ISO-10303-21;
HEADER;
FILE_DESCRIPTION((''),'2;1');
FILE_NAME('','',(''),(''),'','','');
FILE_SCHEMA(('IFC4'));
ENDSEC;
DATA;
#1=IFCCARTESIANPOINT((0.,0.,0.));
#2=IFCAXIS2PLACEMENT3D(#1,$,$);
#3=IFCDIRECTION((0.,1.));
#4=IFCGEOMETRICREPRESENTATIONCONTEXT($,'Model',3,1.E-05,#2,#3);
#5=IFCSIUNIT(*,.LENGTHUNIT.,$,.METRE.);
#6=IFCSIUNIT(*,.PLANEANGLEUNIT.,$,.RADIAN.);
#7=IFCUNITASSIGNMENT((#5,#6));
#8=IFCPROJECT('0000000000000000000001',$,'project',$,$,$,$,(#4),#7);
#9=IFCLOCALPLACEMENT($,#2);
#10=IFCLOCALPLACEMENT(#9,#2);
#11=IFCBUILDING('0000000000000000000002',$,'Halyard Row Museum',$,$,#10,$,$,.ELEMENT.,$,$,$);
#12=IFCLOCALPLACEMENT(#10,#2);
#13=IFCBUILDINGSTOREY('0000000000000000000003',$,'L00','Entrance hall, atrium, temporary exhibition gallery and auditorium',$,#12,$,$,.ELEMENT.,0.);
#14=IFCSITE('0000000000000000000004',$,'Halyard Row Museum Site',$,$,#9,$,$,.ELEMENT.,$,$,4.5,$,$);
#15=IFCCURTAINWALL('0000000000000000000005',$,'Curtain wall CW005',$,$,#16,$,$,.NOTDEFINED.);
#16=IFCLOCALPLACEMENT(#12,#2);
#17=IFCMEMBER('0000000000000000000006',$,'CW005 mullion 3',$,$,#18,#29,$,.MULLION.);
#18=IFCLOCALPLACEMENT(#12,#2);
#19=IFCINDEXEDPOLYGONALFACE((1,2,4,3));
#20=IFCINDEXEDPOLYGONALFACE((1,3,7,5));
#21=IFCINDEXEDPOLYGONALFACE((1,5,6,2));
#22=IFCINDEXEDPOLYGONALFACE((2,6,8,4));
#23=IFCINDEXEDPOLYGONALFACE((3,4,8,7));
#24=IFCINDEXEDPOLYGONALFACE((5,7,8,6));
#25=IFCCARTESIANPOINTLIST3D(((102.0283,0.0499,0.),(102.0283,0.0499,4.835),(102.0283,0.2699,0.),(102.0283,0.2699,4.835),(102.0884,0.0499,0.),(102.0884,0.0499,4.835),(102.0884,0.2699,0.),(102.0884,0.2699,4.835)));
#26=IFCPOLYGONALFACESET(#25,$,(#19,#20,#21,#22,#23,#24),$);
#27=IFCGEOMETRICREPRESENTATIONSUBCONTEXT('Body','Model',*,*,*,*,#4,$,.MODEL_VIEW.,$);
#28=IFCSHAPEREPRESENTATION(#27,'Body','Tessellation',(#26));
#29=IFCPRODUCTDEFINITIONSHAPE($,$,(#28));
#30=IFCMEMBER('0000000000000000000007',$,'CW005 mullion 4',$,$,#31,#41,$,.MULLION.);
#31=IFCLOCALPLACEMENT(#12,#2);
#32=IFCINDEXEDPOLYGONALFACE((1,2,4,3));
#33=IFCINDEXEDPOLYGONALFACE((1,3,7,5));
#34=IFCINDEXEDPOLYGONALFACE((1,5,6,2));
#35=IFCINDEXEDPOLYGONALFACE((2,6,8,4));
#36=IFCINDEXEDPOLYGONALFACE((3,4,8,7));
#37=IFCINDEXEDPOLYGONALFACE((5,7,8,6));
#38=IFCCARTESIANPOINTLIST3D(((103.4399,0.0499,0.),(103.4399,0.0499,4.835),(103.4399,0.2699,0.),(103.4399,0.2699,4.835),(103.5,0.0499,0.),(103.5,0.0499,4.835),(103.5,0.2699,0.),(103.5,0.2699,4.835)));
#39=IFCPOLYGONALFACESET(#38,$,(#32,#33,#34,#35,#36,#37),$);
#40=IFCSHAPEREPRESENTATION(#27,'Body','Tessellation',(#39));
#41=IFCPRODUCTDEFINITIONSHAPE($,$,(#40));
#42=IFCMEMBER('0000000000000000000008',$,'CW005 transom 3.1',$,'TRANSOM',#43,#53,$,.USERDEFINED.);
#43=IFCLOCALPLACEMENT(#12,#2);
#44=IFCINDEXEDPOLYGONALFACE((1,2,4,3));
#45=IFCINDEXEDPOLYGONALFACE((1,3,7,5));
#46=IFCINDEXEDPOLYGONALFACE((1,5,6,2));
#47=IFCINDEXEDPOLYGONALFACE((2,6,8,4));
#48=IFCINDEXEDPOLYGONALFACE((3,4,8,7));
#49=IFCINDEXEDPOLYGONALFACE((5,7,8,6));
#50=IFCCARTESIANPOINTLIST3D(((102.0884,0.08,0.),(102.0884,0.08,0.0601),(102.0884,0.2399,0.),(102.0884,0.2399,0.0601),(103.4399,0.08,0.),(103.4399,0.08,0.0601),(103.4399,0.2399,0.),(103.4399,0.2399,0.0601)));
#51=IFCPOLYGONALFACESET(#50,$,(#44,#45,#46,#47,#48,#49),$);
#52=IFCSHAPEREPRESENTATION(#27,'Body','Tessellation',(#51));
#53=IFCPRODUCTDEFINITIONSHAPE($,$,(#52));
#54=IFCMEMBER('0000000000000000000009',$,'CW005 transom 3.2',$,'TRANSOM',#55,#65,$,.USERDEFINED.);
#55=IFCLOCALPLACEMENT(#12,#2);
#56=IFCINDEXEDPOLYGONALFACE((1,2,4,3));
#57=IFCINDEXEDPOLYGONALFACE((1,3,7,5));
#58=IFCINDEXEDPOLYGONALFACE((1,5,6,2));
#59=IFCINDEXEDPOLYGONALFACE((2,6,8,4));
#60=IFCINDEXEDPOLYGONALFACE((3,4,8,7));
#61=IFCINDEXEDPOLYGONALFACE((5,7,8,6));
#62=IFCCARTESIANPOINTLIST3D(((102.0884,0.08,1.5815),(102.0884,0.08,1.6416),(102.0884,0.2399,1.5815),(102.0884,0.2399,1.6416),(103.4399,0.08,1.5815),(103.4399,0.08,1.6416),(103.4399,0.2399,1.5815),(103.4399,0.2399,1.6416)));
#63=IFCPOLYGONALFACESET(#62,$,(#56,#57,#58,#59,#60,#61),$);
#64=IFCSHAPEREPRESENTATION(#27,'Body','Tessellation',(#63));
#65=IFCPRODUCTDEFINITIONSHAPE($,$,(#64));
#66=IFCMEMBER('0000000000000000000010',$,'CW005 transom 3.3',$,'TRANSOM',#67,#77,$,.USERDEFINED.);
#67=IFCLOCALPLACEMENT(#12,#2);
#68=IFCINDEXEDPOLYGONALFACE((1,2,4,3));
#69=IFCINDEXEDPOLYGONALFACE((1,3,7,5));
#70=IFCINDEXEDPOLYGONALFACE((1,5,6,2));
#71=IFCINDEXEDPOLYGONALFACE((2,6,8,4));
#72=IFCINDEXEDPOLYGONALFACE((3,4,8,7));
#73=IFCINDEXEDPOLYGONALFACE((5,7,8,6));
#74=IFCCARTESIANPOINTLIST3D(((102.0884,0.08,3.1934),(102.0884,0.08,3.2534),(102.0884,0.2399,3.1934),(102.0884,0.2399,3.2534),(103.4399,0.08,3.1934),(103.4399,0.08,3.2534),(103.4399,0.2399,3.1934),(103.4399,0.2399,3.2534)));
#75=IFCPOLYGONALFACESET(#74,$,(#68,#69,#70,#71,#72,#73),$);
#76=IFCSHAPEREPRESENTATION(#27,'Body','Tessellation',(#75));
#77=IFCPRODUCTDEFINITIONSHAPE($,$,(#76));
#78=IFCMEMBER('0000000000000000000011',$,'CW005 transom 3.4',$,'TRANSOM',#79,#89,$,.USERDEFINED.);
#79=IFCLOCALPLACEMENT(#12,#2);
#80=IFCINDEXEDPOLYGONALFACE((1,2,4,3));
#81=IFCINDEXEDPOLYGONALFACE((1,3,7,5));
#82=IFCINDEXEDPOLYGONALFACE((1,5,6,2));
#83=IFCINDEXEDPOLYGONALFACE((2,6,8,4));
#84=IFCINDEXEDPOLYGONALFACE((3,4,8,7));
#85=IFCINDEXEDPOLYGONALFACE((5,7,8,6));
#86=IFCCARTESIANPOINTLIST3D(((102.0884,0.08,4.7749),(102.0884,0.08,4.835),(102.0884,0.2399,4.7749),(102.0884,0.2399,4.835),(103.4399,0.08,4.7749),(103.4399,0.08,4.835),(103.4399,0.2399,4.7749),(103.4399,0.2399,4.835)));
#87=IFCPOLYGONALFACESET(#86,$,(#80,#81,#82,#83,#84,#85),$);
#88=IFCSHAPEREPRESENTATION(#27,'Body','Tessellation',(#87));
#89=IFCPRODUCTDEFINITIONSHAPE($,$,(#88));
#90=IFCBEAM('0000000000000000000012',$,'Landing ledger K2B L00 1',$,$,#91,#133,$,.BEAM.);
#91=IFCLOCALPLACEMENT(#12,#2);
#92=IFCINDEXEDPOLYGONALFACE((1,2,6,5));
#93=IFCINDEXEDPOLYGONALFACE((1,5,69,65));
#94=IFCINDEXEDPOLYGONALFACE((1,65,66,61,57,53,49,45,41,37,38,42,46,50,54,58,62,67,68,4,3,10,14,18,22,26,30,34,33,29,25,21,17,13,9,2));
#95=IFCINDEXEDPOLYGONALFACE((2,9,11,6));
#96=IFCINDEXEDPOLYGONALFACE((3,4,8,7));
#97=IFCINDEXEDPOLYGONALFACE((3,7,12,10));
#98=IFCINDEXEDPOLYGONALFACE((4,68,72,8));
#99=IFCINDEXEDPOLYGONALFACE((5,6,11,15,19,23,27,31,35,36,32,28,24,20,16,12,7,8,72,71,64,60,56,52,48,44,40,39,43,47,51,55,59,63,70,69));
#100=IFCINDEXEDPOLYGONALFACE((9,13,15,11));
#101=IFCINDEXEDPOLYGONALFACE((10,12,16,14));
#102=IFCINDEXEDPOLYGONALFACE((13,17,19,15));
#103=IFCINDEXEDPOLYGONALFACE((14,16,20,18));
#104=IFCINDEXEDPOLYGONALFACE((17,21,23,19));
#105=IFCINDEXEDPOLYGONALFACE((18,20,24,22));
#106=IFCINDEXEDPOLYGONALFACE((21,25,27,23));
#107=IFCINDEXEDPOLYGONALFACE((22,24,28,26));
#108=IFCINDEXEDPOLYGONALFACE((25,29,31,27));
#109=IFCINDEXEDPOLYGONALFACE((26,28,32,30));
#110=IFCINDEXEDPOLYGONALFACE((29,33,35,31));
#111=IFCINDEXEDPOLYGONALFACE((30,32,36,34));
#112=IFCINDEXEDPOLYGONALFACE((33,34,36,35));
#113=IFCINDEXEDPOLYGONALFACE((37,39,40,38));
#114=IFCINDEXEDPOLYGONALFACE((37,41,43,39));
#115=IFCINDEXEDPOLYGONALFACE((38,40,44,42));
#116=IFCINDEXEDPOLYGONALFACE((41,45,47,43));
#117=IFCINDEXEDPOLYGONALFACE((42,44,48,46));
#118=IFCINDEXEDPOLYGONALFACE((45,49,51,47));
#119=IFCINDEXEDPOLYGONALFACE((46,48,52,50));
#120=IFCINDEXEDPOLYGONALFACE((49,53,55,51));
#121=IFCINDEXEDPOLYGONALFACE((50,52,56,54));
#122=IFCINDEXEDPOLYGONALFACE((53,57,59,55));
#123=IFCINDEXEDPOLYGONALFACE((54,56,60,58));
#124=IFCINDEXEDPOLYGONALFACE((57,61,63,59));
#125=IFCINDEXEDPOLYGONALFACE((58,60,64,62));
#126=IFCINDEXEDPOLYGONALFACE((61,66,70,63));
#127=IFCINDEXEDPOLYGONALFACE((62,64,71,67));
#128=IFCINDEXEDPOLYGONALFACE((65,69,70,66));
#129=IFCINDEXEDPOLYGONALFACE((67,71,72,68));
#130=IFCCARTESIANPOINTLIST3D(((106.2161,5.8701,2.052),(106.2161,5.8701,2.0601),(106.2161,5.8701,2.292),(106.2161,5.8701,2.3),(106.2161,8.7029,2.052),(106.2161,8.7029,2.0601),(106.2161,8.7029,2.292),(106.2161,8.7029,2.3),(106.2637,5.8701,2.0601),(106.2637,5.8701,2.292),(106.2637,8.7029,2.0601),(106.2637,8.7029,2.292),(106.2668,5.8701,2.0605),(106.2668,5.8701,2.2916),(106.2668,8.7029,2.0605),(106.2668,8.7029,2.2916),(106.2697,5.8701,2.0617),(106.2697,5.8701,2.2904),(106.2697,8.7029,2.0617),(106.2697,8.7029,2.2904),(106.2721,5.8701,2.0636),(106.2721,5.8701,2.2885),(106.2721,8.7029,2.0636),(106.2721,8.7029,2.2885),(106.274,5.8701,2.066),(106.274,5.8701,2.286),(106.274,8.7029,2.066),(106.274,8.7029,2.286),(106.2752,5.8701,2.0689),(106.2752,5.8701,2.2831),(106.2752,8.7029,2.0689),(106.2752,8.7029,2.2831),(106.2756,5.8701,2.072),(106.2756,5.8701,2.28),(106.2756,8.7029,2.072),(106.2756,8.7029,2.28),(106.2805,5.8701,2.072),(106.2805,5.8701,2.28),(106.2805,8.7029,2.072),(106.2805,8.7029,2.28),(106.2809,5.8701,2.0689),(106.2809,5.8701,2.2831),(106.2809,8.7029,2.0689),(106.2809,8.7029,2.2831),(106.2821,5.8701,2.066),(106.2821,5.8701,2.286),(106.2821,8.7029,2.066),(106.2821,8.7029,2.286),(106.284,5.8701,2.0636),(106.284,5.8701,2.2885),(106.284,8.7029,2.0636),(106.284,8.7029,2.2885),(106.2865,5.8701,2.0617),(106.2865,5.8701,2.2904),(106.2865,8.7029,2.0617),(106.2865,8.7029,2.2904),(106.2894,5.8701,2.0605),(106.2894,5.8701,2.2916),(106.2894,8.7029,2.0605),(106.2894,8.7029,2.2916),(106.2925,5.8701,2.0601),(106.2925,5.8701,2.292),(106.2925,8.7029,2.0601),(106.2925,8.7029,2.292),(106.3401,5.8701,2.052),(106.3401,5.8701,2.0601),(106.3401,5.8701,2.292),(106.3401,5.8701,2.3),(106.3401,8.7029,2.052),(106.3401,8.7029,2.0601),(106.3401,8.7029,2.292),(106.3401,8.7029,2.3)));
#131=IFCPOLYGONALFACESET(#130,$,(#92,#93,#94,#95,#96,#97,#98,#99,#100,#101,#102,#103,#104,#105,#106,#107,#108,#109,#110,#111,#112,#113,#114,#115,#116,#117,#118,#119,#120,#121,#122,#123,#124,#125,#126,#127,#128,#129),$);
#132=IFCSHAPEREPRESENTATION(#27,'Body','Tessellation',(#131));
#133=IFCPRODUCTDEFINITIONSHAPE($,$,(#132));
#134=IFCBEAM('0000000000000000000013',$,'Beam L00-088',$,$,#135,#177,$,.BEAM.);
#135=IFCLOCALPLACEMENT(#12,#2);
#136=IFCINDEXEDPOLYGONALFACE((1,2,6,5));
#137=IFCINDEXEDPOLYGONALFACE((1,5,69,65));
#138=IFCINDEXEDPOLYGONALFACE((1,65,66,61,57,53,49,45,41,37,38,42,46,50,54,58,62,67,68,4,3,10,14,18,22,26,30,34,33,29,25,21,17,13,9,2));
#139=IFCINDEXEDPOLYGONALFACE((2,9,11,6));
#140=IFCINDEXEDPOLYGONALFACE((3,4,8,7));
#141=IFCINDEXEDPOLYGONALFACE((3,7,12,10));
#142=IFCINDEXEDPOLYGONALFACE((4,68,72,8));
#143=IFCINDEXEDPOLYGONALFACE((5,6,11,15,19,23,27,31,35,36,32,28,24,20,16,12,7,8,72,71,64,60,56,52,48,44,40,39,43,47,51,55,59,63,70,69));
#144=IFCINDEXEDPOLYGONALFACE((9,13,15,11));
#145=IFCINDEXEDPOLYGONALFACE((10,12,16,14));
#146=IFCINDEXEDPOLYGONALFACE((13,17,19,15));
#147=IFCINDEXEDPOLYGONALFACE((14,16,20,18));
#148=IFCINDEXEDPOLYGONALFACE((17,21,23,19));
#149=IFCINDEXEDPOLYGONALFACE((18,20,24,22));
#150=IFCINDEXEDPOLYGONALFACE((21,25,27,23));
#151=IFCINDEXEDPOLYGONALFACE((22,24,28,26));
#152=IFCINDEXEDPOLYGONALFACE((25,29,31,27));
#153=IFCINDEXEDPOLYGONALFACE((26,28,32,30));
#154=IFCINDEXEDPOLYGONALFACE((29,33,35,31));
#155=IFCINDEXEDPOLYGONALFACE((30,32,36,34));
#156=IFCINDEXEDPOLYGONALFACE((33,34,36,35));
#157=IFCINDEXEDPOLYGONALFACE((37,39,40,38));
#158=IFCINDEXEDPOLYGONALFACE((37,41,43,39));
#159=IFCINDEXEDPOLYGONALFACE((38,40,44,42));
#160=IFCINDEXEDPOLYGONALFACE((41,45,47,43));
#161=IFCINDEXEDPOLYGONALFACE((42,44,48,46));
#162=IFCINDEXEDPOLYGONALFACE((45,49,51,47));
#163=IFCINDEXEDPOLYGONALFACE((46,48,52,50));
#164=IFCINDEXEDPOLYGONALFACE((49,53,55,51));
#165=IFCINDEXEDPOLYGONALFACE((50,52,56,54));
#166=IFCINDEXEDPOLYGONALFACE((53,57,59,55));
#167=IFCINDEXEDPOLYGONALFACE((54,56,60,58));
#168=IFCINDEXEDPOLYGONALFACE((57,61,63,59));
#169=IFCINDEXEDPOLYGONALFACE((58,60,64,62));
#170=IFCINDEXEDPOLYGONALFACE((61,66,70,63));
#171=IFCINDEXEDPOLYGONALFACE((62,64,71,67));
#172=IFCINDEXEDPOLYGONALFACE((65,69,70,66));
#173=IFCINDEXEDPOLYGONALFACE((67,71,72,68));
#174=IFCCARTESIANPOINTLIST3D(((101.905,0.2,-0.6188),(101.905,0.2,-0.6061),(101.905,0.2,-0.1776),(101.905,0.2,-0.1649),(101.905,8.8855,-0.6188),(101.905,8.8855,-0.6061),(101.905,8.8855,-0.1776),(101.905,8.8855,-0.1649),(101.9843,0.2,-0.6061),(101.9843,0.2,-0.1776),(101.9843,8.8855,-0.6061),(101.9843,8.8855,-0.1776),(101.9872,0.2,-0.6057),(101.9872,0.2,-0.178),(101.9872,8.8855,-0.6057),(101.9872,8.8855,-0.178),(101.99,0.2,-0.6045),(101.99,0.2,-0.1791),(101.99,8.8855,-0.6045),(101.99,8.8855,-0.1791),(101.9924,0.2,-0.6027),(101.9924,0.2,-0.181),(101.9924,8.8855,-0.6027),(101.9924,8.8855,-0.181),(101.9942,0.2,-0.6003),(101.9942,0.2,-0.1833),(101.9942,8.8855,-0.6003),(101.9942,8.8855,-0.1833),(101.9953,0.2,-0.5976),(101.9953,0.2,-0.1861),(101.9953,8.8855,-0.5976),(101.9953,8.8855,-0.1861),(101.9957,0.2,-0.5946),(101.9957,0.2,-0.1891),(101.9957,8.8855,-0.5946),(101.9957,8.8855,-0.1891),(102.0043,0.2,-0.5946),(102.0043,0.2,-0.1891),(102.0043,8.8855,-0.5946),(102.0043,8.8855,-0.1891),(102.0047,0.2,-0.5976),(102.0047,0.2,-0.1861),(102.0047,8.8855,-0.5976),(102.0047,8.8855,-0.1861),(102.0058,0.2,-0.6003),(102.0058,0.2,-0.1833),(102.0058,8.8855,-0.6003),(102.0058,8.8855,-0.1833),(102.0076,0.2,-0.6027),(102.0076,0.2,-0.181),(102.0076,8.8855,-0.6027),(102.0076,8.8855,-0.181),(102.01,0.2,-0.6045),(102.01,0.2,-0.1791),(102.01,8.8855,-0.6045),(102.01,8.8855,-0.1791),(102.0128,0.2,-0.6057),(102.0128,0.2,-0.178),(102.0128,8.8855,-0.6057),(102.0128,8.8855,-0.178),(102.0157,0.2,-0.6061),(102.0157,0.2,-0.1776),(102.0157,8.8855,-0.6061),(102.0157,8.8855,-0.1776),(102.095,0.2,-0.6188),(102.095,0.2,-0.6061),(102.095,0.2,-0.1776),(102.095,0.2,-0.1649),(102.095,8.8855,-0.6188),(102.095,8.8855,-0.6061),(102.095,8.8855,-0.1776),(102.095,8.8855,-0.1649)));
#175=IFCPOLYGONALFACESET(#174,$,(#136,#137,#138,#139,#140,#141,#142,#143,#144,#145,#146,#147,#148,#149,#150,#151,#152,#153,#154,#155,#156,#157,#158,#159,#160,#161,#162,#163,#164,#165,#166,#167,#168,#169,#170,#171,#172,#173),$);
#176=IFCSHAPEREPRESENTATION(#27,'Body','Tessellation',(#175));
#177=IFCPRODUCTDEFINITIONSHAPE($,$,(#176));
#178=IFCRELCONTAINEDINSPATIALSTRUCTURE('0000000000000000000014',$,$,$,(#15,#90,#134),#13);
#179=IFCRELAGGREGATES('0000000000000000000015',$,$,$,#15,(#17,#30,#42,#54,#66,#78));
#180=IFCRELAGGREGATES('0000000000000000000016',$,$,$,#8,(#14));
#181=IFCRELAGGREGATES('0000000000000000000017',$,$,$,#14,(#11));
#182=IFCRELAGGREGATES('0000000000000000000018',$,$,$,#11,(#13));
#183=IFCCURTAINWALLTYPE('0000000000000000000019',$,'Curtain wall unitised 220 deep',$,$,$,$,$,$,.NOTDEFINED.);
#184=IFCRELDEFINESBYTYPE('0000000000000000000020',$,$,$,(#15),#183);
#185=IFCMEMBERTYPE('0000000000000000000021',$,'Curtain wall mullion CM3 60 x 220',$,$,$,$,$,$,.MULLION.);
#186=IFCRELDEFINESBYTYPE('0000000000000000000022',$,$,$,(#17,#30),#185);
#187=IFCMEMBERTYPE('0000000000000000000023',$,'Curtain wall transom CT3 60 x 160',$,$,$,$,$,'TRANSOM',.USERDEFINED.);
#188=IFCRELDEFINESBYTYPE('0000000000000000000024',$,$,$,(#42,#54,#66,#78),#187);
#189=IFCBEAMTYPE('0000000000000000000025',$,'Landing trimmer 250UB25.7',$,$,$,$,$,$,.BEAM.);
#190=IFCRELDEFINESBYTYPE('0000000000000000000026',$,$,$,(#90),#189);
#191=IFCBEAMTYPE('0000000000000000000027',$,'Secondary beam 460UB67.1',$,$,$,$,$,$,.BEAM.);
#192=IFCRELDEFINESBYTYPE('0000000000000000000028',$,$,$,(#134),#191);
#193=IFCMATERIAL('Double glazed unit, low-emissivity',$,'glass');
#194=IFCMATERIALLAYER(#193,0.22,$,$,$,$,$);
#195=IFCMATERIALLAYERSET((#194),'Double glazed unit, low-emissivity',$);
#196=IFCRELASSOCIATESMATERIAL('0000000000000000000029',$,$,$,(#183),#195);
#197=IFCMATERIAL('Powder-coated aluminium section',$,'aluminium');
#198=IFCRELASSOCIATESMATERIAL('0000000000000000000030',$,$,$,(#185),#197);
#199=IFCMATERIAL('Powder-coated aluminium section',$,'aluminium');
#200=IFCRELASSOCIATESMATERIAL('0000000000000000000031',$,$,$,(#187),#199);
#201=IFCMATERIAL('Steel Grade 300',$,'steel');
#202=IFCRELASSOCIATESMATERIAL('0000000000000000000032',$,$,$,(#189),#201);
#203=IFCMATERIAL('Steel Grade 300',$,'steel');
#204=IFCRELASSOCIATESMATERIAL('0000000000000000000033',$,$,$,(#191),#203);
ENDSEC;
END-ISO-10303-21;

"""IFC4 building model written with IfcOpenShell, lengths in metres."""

from ifc_helpers import new_model, si_unit, direction, frame, origin, origin_2d, place, context, subcontext, project, spatial, rectangle, i_section, extrude, material, layer, layer_set, material_profile, profile_set, type_object, element, aggregate, save


model = new_model("IFC4")

# Units and contexts
model_context = context("Model", 3, precision=1e-05, world=origin(), true_north=direction((0.0, 1.0)))
body_context = subcontext(model_context, "Body", "Model", "MODEL_VIEW")
ifc_project = project(units=[si_unit("LENGTHUNIT", "METRE"), si_unit("PLANEANGLEUNIT", "RADIAN")], contexts=[model_context])

# Site, building, storey
site_placement = place(None, origin())
site = spatial("IfcSite", under=ifc_project, at=site_placement, Name="Halyard Row Museum Site", CompositionType="ELEMENT", RefElevation=4.5)
building_placement = place(site_placement, origin())
building = spatial("IfcBuilding", under=site, at=building_placement, Name="Halyard Row Museum", CompositionType="ELEMENT")
storey_placement = place(building_placement, origin())
storey = spatial("IfcBuildingStorey", under=building, at=storey_placement, Name="L00", Description="Entrance hall, atrium, temporary exhibition gallery and auditorium", CompositionType="ELEMENT", Elevation=0.0)

# Curtain wall, members
ifc_material_1 = material(Name="Double glazed unit, low-emissivity", Category="glass")
ifc_layer_1 = layer(ifc_material_1, 0.22)
ifc_layer_set_1 = layer_set([ifc_layer_1], Name="Double glazed unit, low-emissivity")
curtain_wall_type = type_object("IfcCurtainWallType", Name="Curtain wall unitised 220 deep", PredefinedType="NOTDEFINED", material=ifc_layer_set_1)
curtain_wall_placement = place(storey_placement, origin())
curtain_wall = element("IfcCurtainWall", 1, at=curtain_wall_placement, inside=storey, type_object=curtain_wall_type, Name="Curtain wall CW005", PredefinedType="NOTDEFINED")
ifc_material_2 = material(Name="Powder-coated aluminium section", Category="aluminium")
ifc_material_profile_1 = material_profile(ifc_material_2, rectangle(XDim=0.22, YDim=0.0601, at=origin_2d()), Name="220x60 mullion")
ifc_profile_set_1 = profile_set([ifc_material_profile_1], Name="Powder-coated aluminium section")
member_type_1 = type_object("IfcMemberType", Name="Curtain wall mullion CM3 60 x 220", PredefinedType="MULLION", material=ifc_profile_set_1)
member_1_placement = place(storey_placement, frame((102.0583, 0.1599, 0.0), z_axis=(0.0, 0.0, 1.0), x_axis=(0.0, 1.0, 0.0)))
member_1 = element("IfcMember", 2, at=member_1_placement, type_object=member_type_1, Name="CW005 mullion 3", PredefinedType="MULLION", context=body_context, shape_type="SweptSolid", body=[
    extrude(rectangle(XDim=0.22, YDim=0.0601, at=origin_2d()), origin(), (0.0, 0.0, 1.0), 4.835),
])
member_2_placement = place(storey_placement, frame((103.47, 0.1599, 0.0), z_axis=(0.0, 0.0, 1.0), x_axis=(0.0, 1.0, 0.0)))
member_2 = element("IfcMember", 3, at=member_2_placement, type_object=member_type_1, Name="CW005 mullion 4", PredefinedType="MULLION", context=body_context, shape_type="SweptSolid", body=[
    extrude(rectangle(XDim=0.22, YDim=0.0601, at=origin_2d()), origin(), (0.0, 0.0, 1.0), 4.835),
])
ifc_material_3 = material(Name="Powder-coated aluminium section", Category="aluminium")
ifc_material_profile_2 = material_profile(ifc_material_3, rectangle(XDim=0.1599, YDim=0.0601, at=origin_2d()), Name="160x60 transom")
ifc_profile_set_2 = profile_set([ifc_material_profile_2], Name="Powder-coated aluminium section")
member_type_2 = type_object("IfcMemberType", Name="Curtain wall transom CT3 60 x 160", ElementType="TRANSOM", PredefinedType="USERDEFINED", material=ifc_profile_set_2)
member_3_placement = place(storey_placement, frame((102.0884, 0.1599, 0.03), z_axis=(1.0, 0.0, 0.0), x_axis=(0.0, 1.0, 0.0)))
member_3 = element("IfcMember", 4, at=member_3_placement, type_object=member_type_2, Name="CW005 transom 3.1", ObjectType="TRANSOM", PredefinedType="USERDEFINED", context=body_context, shape_type="SweptSolid", body=[
    extrude(rectangle(XDim=0.1599, YDim=0.0601, at=origin_2d()), origin(), (0.0, 0.0, 1.0), 1.3516),
])
member_4_placement = place(storey_placement, frame((102.0884, 0.1599, 1.6116), z_axis=(1.0, 0.0, 0.0), x_axis=(0.0, 1.0, 0.0)))
member_4 = element("IfcMember", 5, at=member_4_placement, type_object=member_type_2, Name="CW005 transom 3.2", ObjectType="TRANSOM", PredefinedType="USERDEFINED", context=body_context, shape_type="SweptSolid", body=[
    extrude(rectangle(XDim=0.1599, YDim=0.0601, at=origin_2d()), origin(), (0.0, 0.0, 1.0), 1.3516),
])
member_5_placement = place(storey_placement, frame((102.0884, 0.1599, 3.2234), z_axis=(1.0, 0.0, 0.0), x_axis=(0.0, 1.0, 0.0)))
member_5 = element("IfcMember", 6, at=member_5_placement, type_object=member_type_2, Name="CW005 transom 3.3", ObjectType="TRANSOM", PredefinedType="USERDEFINED", context=body_context, shape_type="SweptSolid", body=[
    extrude(rectangle(XDim=0.1599, YDim=0.0601, at=origin_2d()), origin(), (0.0, 0.0, 1.0), 1.3516),
])
member_6_placement = place(storey_placement, frame((102.0884, 0.1599, 4.8049), z_axis=(1.0, 0.0, 0.0), x_axis=(0.0, 1.0, 0.0)))
member_6 = element("IfcMember", 7, at=member_6_placement, type_object=member_type_2, Name="CW005 transom 3.4", ObjectType="TRANSOM", PredefinedType="USERDEFINED", context=body_context, shape_type="SweptSolid", body=[
    extrude(rectangle(XDim=0.1599, YDim=0.0601, at=origin_2d()), origin(), (0.0, 0.0, 1.0), 1.3516),
])

# Beams
ifc_material_4 = material(Name="Steel Grade 300", Category="steel")
ifc_material_profile_3 = material_profile(ifc_material_4, i_section(OverallWidth=0.124, OverallDepth=0.248, WebThickness=0.0049, FlangeThickness=0.0081, FilletRadius=0.012, at=origin_2d()), Name="250UB25.7")
ifc_profile_set_3 = profile_set([ifc_material_profile_3], Name="Steel Grade 300")
beam_type_1 = type_object("IfcBeamType", Name="Landing trimmer 250UB25.7", PredefinedType="BEAM", material=ifc_profile_set_3)
beam_1_placement = place(storey_placement, frame((106.2781, 8.7029, 2.176), z_axis=(0.0, -1.0, 0.0), x_axis=(1.0, 0.0, 0.0)))
element("IfcBeam", 8, at=beam_1_placement, inside=storey, type_object=beam_type_1, Name="Landing ledger K2B L00 1", PredefinedType="BEAM", context=body_context, shape_type="SweptSolid", body=[
    extrude(i_section(OverallWidth=0.124, OverallDepth=0.248, WebThickness=0.0049, FlangeThickness=0.0081, FilletRadius=0.012, at=origin_2d()), origin(), (0.0, 0.0, 1.0), 2.8328),
])
ifc_material_5 = material(Name="Steel Grade 300", Category="steel")
ifc_material_profile_4 = material_profile(ifc_material_5, i_section(OverallWidth=0.1899, OverallDepth=0.4539, WebThickness=0.0085, FlangeThickness=0.0127, FilletRadius=0.0115, at=origin_2d()), Name="460UB67.1")
ifc_profile_set_4 = profile_set([ifc_material_profile_4], Name="Steel Grade 300")
beam_type_2 = type_object("IfcBeamType", Name="Secondary beam 460UB67.1", PredefinedType="BEAM", material=ifc_profile_set_4)
beam_2_placement = place(storey_placement, frame((102.0, 0.2, -0.3918), z_axis=(0.0, 1.0, 0.0), x_axis=(-1.0, 0.0, 0.0)))
element("IfcBeam", 9, at=beam_2_placement, inside=storey, type_object=beam_type_2, Name="Beam L00-088", PredefinedType="BEAM", context=body_context, shape_type="SweptSolid", body=[
    extrude(i_section(OverallWidth=0.1899, OverallDepth=0.4539, WebThickness=0.0085, FlangeThickness=0.0127, FilletRadius=0.0115, at=origin_2d()), origin(), (0.0, 0.0, 1.0), 8.6855),
])

aggregate(curtain_wall, [member_1, member_2, member_3, member_4, member_5, member_6])

save(model, "model.ifc")
